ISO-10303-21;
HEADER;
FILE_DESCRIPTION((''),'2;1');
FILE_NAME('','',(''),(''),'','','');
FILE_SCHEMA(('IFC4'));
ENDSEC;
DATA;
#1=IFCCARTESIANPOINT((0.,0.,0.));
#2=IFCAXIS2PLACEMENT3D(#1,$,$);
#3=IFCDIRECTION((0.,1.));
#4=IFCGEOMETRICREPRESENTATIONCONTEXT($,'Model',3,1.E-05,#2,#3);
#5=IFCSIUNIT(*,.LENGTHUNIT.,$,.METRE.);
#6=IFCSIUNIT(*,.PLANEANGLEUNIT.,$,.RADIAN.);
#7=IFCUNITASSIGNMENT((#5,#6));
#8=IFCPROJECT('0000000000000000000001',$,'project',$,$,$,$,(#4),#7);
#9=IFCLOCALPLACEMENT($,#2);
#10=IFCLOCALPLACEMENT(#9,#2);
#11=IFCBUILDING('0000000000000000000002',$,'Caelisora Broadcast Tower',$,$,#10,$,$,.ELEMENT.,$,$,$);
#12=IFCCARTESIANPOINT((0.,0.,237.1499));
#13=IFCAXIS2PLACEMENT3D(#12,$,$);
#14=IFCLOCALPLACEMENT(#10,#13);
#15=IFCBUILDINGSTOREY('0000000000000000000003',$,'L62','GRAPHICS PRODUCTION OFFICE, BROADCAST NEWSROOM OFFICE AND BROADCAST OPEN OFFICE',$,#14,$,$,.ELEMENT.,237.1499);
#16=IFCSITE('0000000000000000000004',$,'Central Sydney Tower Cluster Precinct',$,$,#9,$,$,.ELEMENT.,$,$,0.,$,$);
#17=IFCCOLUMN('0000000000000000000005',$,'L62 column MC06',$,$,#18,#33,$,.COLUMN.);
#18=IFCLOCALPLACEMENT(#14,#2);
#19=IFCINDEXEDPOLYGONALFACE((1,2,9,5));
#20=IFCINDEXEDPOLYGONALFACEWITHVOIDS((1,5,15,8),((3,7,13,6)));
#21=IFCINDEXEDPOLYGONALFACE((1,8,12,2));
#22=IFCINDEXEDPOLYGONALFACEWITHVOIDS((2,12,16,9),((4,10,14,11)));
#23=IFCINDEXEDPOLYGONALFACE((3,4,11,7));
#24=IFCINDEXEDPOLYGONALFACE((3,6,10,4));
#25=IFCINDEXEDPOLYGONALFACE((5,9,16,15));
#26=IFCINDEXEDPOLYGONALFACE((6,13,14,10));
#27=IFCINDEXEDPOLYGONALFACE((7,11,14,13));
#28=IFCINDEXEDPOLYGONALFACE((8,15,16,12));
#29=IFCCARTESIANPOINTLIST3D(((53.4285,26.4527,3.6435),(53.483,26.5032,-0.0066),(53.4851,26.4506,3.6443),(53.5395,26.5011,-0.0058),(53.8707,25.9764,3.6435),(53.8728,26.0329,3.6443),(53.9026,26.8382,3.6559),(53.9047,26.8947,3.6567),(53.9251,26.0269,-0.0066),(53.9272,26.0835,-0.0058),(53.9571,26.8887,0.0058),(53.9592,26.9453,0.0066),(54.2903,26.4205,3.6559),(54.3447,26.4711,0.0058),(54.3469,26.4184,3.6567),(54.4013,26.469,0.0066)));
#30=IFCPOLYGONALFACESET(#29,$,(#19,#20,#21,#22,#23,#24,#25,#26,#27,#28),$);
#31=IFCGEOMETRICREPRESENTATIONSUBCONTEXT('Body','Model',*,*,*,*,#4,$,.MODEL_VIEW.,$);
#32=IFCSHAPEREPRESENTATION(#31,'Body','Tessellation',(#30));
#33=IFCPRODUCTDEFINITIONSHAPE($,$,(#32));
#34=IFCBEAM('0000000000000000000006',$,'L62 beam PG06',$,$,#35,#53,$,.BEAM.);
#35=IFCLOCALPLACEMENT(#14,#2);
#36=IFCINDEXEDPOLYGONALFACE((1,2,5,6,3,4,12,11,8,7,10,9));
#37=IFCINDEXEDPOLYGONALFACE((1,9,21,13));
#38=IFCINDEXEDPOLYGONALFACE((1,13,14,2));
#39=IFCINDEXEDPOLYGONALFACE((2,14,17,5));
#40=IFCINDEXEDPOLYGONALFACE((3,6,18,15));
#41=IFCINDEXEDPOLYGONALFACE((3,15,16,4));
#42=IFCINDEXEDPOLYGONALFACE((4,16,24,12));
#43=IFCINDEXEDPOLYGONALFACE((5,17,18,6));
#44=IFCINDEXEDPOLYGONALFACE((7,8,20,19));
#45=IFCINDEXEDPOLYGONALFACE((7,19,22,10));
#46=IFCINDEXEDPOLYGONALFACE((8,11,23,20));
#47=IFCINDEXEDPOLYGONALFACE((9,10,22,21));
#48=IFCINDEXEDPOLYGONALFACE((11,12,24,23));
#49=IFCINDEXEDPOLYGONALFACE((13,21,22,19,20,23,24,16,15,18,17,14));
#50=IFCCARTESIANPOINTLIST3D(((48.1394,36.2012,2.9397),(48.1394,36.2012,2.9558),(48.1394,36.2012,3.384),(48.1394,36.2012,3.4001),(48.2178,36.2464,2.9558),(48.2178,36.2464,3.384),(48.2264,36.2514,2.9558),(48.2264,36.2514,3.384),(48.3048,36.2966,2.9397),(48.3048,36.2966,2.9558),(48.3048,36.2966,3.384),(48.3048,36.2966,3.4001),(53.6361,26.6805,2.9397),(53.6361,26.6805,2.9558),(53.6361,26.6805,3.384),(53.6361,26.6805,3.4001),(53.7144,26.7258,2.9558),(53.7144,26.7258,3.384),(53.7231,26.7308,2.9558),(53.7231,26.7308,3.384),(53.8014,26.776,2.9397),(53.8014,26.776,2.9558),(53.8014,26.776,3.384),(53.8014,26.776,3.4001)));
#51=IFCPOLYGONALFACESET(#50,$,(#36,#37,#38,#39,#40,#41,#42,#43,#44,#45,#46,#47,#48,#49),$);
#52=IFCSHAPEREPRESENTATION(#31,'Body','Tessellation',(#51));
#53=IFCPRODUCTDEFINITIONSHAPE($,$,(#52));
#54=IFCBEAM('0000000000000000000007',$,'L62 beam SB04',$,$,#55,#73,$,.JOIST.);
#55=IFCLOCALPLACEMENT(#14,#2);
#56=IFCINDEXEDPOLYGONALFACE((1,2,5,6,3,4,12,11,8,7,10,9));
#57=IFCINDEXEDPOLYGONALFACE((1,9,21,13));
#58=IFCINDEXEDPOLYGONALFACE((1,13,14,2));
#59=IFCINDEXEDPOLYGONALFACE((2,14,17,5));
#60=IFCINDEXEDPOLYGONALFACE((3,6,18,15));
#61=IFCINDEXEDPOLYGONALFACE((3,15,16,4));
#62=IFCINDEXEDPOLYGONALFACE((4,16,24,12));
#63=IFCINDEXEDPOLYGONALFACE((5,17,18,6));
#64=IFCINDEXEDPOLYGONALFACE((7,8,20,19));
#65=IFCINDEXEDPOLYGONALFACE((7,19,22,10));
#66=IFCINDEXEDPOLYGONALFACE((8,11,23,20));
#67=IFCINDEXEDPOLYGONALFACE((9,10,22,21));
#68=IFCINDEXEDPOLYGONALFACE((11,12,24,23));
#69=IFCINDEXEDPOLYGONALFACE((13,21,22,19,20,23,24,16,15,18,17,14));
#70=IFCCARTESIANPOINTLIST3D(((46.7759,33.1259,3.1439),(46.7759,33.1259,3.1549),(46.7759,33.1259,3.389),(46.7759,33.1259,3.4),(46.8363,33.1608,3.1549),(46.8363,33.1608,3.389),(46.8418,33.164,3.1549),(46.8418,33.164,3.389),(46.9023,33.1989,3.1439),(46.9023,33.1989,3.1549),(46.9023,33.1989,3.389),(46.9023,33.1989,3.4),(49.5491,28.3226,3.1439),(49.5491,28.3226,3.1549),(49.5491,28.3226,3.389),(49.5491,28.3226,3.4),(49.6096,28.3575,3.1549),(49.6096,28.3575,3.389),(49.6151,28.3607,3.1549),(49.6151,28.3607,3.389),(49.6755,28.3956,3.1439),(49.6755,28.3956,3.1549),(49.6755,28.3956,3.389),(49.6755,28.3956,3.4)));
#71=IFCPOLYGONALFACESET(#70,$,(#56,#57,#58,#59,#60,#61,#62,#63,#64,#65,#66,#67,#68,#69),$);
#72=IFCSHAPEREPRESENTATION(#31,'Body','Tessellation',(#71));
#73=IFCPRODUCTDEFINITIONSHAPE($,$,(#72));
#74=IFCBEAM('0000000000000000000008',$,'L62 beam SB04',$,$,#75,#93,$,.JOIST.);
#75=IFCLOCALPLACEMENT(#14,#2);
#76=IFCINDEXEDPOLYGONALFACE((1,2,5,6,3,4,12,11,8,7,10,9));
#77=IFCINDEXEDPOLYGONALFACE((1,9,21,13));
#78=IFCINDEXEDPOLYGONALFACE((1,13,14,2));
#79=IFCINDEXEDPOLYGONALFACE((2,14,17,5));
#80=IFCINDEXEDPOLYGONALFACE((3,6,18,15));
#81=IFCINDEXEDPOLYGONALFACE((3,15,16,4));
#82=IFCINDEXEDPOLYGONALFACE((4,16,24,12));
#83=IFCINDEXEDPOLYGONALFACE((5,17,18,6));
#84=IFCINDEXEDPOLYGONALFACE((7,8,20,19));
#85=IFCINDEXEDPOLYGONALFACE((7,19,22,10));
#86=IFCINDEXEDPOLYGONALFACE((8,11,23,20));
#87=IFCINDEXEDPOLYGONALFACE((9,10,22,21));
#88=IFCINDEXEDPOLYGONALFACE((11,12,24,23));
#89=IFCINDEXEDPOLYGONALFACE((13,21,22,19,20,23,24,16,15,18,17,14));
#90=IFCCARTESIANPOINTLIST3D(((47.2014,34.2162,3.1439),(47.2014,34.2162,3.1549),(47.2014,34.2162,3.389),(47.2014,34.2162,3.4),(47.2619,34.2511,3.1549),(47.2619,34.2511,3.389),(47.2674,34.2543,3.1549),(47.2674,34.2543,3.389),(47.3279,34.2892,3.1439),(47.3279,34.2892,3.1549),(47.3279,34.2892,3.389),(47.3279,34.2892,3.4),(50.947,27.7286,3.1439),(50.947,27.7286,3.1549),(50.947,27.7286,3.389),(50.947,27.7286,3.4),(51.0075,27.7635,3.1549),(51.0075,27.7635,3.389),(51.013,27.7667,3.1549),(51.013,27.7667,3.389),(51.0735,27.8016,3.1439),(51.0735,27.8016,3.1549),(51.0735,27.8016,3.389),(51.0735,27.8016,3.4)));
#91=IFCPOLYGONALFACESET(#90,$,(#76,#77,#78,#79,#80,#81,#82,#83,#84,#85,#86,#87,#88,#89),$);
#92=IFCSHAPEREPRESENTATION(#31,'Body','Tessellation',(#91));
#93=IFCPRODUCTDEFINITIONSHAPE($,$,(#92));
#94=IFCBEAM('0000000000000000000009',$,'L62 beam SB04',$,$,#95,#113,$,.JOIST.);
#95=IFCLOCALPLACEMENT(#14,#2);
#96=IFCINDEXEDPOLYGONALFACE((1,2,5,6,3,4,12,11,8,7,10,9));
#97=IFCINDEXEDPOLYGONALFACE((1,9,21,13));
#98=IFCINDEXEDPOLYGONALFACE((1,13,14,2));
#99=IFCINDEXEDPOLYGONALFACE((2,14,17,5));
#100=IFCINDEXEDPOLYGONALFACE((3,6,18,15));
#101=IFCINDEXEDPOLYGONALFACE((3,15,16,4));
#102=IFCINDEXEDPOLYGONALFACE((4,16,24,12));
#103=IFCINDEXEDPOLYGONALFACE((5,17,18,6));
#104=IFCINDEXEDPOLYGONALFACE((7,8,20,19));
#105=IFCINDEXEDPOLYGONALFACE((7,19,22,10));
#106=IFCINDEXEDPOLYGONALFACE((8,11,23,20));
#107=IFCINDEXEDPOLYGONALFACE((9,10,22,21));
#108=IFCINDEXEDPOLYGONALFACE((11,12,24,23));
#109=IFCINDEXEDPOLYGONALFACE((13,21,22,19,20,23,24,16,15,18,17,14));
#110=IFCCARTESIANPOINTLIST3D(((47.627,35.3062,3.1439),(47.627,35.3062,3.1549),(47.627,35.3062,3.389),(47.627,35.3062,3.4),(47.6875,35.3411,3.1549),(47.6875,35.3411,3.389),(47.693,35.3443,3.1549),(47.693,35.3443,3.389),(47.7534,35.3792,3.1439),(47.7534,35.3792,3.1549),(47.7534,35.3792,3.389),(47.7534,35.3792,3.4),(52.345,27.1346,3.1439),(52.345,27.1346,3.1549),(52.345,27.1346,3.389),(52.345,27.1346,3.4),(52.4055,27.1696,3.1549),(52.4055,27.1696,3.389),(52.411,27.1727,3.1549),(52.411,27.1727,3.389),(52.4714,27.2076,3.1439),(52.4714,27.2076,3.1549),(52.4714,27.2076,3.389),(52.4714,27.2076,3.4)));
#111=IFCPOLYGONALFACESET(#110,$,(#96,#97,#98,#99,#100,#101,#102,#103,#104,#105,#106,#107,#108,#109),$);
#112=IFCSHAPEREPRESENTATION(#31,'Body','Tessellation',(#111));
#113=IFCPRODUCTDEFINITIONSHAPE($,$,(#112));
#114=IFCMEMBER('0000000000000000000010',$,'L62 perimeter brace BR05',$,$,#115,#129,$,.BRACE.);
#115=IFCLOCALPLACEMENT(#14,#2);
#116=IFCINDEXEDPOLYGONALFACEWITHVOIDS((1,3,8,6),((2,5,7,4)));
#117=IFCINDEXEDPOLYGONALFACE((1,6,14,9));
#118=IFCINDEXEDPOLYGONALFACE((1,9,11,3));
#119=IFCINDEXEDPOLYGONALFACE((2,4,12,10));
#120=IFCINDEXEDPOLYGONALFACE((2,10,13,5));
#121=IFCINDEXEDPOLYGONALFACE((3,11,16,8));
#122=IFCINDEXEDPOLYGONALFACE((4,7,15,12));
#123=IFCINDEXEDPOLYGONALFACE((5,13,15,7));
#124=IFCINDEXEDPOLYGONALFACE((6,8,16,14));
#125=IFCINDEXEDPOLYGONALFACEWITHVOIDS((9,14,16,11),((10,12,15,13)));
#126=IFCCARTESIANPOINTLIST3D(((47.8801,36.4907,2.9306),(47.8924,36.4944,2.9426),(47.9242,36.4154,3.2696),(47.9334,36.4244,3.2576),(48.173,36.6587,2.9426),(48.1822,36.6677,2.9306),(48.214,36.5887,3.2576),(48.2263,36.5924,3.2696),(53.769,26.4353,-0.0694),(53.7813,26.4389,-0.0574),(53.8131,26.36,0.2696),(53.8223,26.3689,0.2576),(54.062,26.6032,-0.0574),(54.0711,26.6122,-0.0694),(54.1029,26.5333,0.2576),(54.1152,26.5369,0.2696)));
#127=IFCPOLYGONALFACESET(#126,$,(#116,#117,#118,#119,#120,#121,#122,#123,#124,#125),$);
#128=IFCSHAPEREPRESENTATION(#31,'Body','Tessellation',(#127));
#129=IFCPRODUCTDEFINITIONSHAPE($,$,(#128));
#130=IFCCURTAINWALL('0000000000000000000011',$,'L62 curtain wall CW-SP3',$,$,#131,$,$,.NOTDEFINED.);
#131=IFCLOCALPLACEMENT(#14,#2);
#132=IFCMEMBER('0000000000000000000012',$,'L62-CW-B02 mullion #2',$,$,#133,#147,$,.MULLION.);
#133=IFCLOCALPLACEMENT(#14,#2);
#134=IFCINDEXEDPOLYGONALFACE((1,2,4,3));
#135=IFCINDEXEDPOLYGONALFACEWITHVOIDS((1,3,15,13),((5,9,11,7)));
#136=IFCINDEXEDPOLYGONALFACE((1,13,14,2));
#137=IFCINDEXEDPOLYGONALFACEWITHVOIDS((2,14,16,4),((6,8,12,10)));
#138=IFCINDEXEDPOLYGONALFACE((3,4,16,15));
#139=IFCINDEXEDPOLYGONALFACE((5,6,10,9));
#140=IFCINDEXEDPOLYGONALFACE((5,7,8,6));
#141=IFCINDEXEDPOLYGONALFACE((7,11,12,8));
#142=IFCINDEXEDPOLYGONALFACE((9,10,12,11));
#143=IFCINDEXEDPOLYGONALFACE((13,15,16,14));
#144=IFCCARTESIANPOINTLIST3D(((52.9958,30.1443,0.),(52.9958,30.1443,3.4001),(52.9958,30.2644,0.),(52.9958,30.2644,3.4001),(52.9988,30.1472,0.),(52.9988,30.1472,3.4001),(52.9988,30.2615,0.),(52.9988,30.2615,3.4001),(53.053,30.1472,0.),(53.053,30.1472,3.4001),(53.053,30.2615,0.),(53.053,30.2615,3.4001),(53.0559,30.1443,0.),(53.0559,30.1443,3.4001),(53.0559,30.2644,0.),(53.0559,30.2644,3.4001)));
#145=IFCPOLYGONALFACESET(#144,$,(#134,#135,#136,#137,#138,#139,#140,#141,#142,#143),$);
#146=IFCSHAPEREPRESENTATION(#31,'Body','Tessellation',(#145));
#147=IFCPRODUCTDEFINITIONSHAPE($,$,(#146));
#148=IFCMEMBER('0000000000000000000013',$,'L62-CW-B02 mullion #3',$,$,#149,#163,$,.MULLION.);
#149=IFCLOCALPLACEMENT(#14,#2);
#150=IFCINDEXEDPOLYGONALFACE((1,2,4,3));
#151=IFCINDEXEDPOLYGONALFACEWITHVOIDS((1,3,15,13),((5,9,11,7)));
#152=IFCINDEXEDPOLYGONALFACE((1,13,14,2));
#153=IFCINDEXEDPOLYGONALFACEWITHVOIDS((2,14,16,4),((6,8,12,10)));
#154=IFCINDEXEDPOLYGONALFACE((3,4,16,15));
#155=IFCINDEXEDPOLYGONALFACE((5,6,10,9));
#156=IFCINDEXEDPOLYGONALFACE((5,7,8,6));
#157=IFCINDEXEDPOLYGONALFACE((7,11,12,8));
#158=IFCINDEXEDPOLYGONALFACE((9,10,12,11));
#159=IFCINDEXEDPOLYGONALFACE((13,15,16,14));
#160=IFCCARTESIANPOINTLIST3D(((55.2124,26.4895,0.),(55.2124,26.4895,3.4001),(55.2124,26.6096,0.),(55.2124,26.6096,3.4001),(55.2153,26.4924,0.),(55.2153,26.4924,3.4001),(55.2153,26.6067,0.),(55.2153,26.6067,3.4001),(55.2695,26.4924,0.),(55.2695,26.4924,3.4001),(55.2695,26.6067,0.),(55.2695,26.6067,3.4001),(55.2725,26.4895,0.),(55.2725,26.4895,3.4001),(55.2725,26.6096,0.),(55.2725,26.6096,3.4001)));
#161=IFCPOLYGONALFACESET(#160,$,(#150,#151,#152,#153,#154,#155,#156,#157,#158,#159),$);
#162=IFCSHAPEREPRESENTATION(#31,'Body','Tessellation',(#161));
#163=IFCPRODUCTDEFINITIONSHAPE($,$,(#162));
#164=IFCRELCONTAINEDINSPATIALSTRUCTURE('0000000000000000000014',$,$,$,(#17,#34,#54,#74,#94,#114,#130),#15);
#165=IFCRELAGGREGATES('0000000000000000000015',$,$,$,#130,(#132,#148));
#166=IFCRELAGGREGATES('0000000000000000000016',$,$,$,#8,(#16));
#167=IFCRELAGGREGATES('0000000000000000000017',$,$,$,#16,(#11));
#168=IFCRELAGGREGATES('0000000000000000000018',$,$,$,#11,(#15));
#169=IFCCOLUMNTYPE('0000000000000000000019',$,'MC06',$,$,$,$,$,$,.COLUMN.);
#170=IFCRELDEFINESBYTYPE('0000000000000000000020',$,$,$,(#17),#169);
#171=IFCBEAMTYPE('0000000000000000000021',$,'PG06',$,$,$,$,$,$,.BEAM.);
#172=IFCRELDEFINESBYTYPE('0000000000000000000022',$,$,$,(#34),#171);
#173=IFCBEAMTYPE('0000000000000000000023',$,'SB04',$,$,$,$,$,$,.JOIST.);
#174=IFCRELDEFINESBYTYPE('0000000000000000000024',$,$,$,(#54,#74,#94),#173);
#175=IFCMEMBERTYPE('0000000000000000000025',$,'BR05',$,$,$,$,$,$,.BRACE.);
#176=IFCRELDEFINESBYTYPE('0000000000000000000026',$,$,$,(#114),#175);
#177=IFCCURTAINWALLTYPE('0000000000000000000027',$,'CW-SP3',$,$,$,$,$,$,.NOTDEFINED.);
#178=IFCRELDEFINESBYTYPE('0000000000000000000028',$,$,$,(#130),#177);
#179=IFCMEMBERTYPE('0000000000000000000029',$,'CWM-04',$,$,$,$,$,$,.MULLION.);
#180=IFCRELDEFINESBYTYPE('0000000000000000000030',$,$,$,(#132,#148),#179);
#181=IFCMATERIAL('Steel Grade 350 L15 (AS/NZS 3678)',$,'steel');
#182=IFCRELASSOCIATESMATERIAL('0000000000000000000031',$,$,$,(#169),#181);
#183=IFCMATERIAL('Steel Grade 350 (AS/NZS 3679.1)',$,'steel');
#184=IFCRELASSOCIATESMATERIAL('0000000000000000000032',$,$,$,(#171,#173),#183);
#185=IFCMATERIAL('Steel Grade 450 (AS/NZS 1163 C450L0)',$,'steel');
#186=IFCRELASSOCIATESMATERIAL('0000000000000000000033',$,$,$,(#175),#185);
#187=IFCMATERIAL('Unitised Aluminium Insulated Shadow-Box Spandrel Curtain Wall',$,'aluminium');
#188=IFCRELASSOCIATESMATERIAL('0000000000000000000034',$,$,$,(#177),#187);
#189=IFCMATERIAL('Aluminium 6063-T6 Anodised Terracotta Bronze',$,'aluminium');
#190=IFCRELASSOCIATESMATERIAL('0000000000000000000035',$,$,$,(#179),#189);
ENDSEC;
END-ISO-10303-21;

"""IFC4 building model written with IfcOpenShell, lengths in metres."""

from ifc_helpers import new_model, si_unit, direction, frame, origin, origin_2d, place, context, subcontext, project, spatial, hollow_rectangle, i_section, extrude, source, transform, mapped, material, material_profile, profile_set, type_object, type_shapes, element, aggregate, save


model = new_model("IFC4")

# Units and contexts
model_context = context("Model", 3, precision=1e-05, world=origin(), true_north=direction((0.0, 1.0)))
body_context = subcontext(model_context, "Body", "Model", "MODEL_VIEW")
ifc_project = project(units=[si_unit("LENGTHUNIT", "METRE"), si_unit("PLANEANGLEUNIT", "RADIAN")], contexts=[model_context])

# Site, building, storey
site_placement = place(None, origin())
site = spatial("IfcSite", under=ifc_project, at=site_placement, Name="Central Sydney Tower Cluster Precinct", CompositionType="ELEMENT", RefElevation=0.0)
building_placement = place(site_placement, origin())
building = spatial("IfcBuilding", under=site, at=building_placement, Name="Caelisora Broadcast Tower", CompositionType="ELEMENT")
storey_placement = place(building_placement, frame((0.0, 0.0, 237.1499)))
storey = spatial("IfcBuildingStorey", under=building, at=storey_placement, Name="L62", Description="GRAPHICS PRODUCTION OFFICE, BROADCAST NEWSROOM OFFICE AND BROADCAST OPEN OFFICE", CompositionType="ELEMENT", Elevation=237.1499)

# Column
ifc_material_1 = material(Name="Steel Grade 350 L15 (AS/NZS 3678)", Category="steel")
ifc_material_profile_1 = material_profile(ifc_material_1, hollow_rectangle(XDim=0.6499, YDim=0.6499, WallThickness=0.04, at=origin_2d()), Name="Steel Grade 350 L15 (AS/NZS 3678)")
ifc_profile_set_1 = profile_set([ifc_material_profile_1], Name="Steel Grade 350 L15 (AS/NZS 3678)")
column_type = type_object("IfcColumnType", Name="MC06", PredefinedType="COLUMN", material=ifc_profile_set_1)
shared_shape_1 = source(origin(), body_context, "Body", "SweptSolid", [
    extrude(hollow_rectangle(XDim=0.6499, YDim=0.6499, WallThickness=0.04, at=origin_2d()), origin(), (0.0, 0.0, 1.0), 3.6509),
])
type_shapes(column_type, [shared_shape_1])
column_placement = place(storey_placement, frame((53.9421, 26.4861, 0.0), z_axis=(-0.014912, -0.013842, 0.999793), x_axis=(0.680325, -0.732911, 0.0)))
element("IfcColumn", 1, at=column_placement, inside=storey, type_object=column_type, Name="L62 column MC06", PredefinedType="COLUMN", context=body_context, shape_type="MappedRepresentation", body=[
    mapped(shared_shape_1, transform((0.0, 0.0, 0.0), scale=1.0)),
])

# Beams
ifc_material_2 = material(Name="Steel Grade 350 (AS/NZS 3679.1)", Category="steel")
ifc_material_profile_2 = material_profile(ifc_material_2, i_section(OverallWidth=0.1909, OverallDepth=0.4604, WebThickness=0.01, FlangeThickness=0.0161, at=origin_2d()), Name="Steel Grade 350 (AS/NZS 3679.1)")
ifc_profile_set_2 = profile_set([ifc_material_profile_2], Name="Steel Grade 350 (AS/NZS 3679.1)")
beam_type_1 = type_object("IfcBeamType", Name="PG06", PredefinedType="BEAM", material=ifc_profile_set_2)
shared_shape_2 = source(origin(), body_context, "Body", "SweptSolid", [
    extrude(i_section(OverallWidth=0.1909, OverallDepth=0.4604, WebThickness=0.01, FlangeThickness=0.0161, at=origin_2d()), origin(), (0.0, 0.0, 1.0), 10.9934),
])
type_shapes(beam_type_1, [shared_shape_2])
beam_1_placement = place(storey_placement, frame((53.7188, 26.7283, 3.1699), z_axis=(-0.499994, 0.866029, 0.0), x_axis=(-0.866029, -0.499994, 0.0)))
element("IfcBeam", 2, at=beam_1_placement, inside=storey, type_object=beam_type_1, Name="L62 beam PG06", PredefinedType="BEAM", context=body_context, shape_type="MappedRepresentation", body=[
    mapped(shared_shape_2, transform((0.0, 0.0, 0.0), scale=1.0)),
])
ifc_material_profile_3 = material_profile(ifc_material_2, i_section(OverallWidth=0.146, OverallDepth=0.2561, WebThickness=0.0063, FlangeThickness=0.011, at=origin_2d()), Name="Steel Grade 350 (AS/NZS 3679.1)")
ifc_profile_set_3 = profile_set([ifc_material_profile_3], Name="Steel Grade 350 (AS/NZS 3679.1)")
beam_type_2 = type_object("IfcBeamType", Name="SB04", PredefinedType="JOIST", material=ifc_profile_set_3)
shared_shape_3 = source(origin(), body_context, "Body", "SweptSolid", [
    extrude(i_section(OverallWidth=0.146, OverallDepth=0.2561, WebThickness=0.0063, FlangeThickness=0.011, at=origin_2d()), origin(), (0.0, 0.0, 1.0), 5.5464),
])
beam_2_placement = place(storey_placement, frame((49.6123, 28.3591, 3.272), z_axis=(-0.500007, 0.866021, 0.0), x_axis=(-0.866021, -0.500007, 0.0)))
element("IfcBeam", 3, at=beam_2_placement, inside=storey, type_object=beam_type_2, Name="L62 beam SB04", PredefinedType="JOIST", context=body_context, shape_type="MappedRepresentation", body=[
    mapped(shared_shape_3, transform((0.0, 0.0, 0.0), scale=1.0)),
])
shared_shape_4 = source(origin(), body_context, "Body", "SweptSolid", [
    extrude(i_section(OverallWidth=0.146, OverallDepth=0.2561, WebThickness=0.0063, FlangeThickness=0.011, at=origin_2d()), origin(), (0.0, 0.0, 1.0), 7.4912),
])
beam_3_placement = place(storey_placement, frame((51.0103, 27.7651, 3.272), z_axis=(-0.500002, 0.866024, 0.0), x_axis=(-0.866024, -0.500002, 0.0)))
element("IfcBeam", 4, at=beam_3_placement, inside=storey, type_object=beam_type_2, Name="L62 beam SB04", PredefinedType="JOIST", context=body_context, shape_type="MappedRepresentation", body=[
    mapped(shared_shape_4, transform((0.0, 0.0, 0.0), scale=1.0)),
])
shared_shape_5 = source(origin(), body_context, "Body", "SweptSolid", [
    extrude(i_section(OverallWidth=0.146, OverallDepth=0.2561, WebThickness=0.0063, FlangeThickness=0.011, at=origin_2d()), origin(), (0.0, 0.0, 1.0), 9.4358),
])
type_shapes(beam_type_2, [shared_shape_3, shared_shape_4, shared_shape_5])
beam_4_placement = place(storey_placement, frame((52.4082, 27.1711, 3.272), z_axis=(-0.50001, 0.86602, 0.0), x_axis=(-0.86602, -0.50001, 0.0)))
element("IfcBeam", 5, at=beam_4_placement, inside=storey, type_object=beam_type_2, Name="L62 beam SB04", PredefinedType="JOIST", context=body_context, shape_type="MappedRepresentation", body=[
    mapped(shared_shape_5, transform((0.0, 0.0, 0.0), scale=1.0)),
])

# Member
ifc_material_3 = material(Name="Steel Grade 450 (AS/NZS 1163 C450L0)", Category="steel")
ifc_material_profile_4 = material_profile(ifc_material_3, hollow_rectangle(XDim=0.3501, YDim=0.3501, WallThickness=0.0125, at=origin_2d()), Name="Steel Grade 450 (AS/NZS 1163 C450L0)")
ifc_profile_set_4 = profile_set([ifc_material_profile_4], Name="Steel Grade 450 (AS/NZS 1163 C450L0)")
member_type_1 = type_object("IfcMemberType", Name="BR05", PredefinedType="BRACE", material=ifc_profile_set_4)
shared_shape_6 = source(origin(), body_context, "Body", "SweptSolid", [
    extrude(hollow_rectangle(XDim=0.3501, YDim=0.3501, WallThickness=0.0125, at=origin_2d()), origin(), (0.0, 0.0, 1.0), 12.033),
])
type_shapes(member_type_1, [shared_shape_6])
member_1_placement = place(storey_placement, frame((53.9421, 26.4861, 0.1001), z_axis=(-0.489401, 0.83566, 0.249316), x_axis=(-0.862909, -0.505359, 0.0)))
element("IfcMember", 6, at=member_1_placement, inside=storey, type_object=member_type_1, Name="L62 perimeter brace BR05", PredefinedType="BRACE", context=body_context, shape_type="MappedRepresentation", body=[
    mapped(shared_shape_6, transform((0.0, 0.0, 0.0), scale=1.0)),
])

# Curtain wall, members
ifc_material_4 = material(Name="Unitised Aluminium Insulated Shadow-Box Spandrel Curtain Wall", Category="aluminium")
curtain_wall_type_1 = type_object("IfcCurtainWallType", Name="CW-SP3", PredefinedType="NOTDEFINED", material=ifc_material_4)
curtain_wall_1_placement = place(storey_placement, origin())
curtain_wall_1 = element("IfcCurtainWall", 7, at=curtain_wall_1_placement, inside=storey, type_object=curtain_wall_type_1, Name="L62 curtain wall CW-SP3", PredefinedType="NOTDEFINED")
ifc_material_5 = material(Name="Aluminium 6063-T6 Anodised Terracotta Bronze", Category="aluminium")
ifc_material_profile_5 = material_profile(ifc_material_5, hollow_rectangle(XDim=0.0601, YDim=0.1201, WallThickness=0.0029, at=origin_2d()), Name="Aluminium 6063-T6 Anodised Terracotta Bronze")
ifc_profile_set_5 = profile_set([ifc_material_profile_5], Name="Aluminium 6063-T6 Anodised Terracotta Bronze")
member_type_2 = type_object("IfcMemberType", Name="CWM-04", PredefinedType="MULLION", material=ifc_profile_set_5)
shared_shape_7 = source(origin(), body_context, "Body", "SweptSolid", [
    extrude(hollow_rectangle(XDim=0.0601, YDim=0.1201, WallThickness=0.0029, at=origin_2d()), origin(), (0.0, 0.0, 1.0), 3.4001),
])
type_shapes(member_type_2, [shared_shape_7])
member_2_placement = place(storey_placement, frame((53.0259, 30.2043, 0.0), z_axis=(0.0, 0.0, 1.0), x_axis=(1.0, 0.0, 0.0)))
member_2 = element("IfcMember", 8, at=member_2_placement, type_object=member_type_2, Name="L62-CW-B02 mullion #2", PredefinedType="MULLION", context=body_context, shape_type="MappedRepresentation", body=[
    mapped(shared_shape_7, transform((0.0, 0.0, 0.0), scale=1.0)),
])
member_3_placement = place(storey_placement, frame((55.2424, 26.5496, 0.0), z_axis=(0.0, 0.0, 1.0), x_axis=(1.0, 0.0, 0.0)))
member_3 = element("IfcMember", 9, at=member_3_placement, type_object=member_type_2, Name="L62-CW-B02 mullion #3", PredefinedType="MULLION", context=body_context, shape_type="MappedRepresentation", body=[
    mapped(shared_shape_7, transform((0.0, 0.0, 0.0), scale=1.0)),
])

aggregate(curtain_wall_1, [member_2, member_3])

save(model, "model.ifc")
